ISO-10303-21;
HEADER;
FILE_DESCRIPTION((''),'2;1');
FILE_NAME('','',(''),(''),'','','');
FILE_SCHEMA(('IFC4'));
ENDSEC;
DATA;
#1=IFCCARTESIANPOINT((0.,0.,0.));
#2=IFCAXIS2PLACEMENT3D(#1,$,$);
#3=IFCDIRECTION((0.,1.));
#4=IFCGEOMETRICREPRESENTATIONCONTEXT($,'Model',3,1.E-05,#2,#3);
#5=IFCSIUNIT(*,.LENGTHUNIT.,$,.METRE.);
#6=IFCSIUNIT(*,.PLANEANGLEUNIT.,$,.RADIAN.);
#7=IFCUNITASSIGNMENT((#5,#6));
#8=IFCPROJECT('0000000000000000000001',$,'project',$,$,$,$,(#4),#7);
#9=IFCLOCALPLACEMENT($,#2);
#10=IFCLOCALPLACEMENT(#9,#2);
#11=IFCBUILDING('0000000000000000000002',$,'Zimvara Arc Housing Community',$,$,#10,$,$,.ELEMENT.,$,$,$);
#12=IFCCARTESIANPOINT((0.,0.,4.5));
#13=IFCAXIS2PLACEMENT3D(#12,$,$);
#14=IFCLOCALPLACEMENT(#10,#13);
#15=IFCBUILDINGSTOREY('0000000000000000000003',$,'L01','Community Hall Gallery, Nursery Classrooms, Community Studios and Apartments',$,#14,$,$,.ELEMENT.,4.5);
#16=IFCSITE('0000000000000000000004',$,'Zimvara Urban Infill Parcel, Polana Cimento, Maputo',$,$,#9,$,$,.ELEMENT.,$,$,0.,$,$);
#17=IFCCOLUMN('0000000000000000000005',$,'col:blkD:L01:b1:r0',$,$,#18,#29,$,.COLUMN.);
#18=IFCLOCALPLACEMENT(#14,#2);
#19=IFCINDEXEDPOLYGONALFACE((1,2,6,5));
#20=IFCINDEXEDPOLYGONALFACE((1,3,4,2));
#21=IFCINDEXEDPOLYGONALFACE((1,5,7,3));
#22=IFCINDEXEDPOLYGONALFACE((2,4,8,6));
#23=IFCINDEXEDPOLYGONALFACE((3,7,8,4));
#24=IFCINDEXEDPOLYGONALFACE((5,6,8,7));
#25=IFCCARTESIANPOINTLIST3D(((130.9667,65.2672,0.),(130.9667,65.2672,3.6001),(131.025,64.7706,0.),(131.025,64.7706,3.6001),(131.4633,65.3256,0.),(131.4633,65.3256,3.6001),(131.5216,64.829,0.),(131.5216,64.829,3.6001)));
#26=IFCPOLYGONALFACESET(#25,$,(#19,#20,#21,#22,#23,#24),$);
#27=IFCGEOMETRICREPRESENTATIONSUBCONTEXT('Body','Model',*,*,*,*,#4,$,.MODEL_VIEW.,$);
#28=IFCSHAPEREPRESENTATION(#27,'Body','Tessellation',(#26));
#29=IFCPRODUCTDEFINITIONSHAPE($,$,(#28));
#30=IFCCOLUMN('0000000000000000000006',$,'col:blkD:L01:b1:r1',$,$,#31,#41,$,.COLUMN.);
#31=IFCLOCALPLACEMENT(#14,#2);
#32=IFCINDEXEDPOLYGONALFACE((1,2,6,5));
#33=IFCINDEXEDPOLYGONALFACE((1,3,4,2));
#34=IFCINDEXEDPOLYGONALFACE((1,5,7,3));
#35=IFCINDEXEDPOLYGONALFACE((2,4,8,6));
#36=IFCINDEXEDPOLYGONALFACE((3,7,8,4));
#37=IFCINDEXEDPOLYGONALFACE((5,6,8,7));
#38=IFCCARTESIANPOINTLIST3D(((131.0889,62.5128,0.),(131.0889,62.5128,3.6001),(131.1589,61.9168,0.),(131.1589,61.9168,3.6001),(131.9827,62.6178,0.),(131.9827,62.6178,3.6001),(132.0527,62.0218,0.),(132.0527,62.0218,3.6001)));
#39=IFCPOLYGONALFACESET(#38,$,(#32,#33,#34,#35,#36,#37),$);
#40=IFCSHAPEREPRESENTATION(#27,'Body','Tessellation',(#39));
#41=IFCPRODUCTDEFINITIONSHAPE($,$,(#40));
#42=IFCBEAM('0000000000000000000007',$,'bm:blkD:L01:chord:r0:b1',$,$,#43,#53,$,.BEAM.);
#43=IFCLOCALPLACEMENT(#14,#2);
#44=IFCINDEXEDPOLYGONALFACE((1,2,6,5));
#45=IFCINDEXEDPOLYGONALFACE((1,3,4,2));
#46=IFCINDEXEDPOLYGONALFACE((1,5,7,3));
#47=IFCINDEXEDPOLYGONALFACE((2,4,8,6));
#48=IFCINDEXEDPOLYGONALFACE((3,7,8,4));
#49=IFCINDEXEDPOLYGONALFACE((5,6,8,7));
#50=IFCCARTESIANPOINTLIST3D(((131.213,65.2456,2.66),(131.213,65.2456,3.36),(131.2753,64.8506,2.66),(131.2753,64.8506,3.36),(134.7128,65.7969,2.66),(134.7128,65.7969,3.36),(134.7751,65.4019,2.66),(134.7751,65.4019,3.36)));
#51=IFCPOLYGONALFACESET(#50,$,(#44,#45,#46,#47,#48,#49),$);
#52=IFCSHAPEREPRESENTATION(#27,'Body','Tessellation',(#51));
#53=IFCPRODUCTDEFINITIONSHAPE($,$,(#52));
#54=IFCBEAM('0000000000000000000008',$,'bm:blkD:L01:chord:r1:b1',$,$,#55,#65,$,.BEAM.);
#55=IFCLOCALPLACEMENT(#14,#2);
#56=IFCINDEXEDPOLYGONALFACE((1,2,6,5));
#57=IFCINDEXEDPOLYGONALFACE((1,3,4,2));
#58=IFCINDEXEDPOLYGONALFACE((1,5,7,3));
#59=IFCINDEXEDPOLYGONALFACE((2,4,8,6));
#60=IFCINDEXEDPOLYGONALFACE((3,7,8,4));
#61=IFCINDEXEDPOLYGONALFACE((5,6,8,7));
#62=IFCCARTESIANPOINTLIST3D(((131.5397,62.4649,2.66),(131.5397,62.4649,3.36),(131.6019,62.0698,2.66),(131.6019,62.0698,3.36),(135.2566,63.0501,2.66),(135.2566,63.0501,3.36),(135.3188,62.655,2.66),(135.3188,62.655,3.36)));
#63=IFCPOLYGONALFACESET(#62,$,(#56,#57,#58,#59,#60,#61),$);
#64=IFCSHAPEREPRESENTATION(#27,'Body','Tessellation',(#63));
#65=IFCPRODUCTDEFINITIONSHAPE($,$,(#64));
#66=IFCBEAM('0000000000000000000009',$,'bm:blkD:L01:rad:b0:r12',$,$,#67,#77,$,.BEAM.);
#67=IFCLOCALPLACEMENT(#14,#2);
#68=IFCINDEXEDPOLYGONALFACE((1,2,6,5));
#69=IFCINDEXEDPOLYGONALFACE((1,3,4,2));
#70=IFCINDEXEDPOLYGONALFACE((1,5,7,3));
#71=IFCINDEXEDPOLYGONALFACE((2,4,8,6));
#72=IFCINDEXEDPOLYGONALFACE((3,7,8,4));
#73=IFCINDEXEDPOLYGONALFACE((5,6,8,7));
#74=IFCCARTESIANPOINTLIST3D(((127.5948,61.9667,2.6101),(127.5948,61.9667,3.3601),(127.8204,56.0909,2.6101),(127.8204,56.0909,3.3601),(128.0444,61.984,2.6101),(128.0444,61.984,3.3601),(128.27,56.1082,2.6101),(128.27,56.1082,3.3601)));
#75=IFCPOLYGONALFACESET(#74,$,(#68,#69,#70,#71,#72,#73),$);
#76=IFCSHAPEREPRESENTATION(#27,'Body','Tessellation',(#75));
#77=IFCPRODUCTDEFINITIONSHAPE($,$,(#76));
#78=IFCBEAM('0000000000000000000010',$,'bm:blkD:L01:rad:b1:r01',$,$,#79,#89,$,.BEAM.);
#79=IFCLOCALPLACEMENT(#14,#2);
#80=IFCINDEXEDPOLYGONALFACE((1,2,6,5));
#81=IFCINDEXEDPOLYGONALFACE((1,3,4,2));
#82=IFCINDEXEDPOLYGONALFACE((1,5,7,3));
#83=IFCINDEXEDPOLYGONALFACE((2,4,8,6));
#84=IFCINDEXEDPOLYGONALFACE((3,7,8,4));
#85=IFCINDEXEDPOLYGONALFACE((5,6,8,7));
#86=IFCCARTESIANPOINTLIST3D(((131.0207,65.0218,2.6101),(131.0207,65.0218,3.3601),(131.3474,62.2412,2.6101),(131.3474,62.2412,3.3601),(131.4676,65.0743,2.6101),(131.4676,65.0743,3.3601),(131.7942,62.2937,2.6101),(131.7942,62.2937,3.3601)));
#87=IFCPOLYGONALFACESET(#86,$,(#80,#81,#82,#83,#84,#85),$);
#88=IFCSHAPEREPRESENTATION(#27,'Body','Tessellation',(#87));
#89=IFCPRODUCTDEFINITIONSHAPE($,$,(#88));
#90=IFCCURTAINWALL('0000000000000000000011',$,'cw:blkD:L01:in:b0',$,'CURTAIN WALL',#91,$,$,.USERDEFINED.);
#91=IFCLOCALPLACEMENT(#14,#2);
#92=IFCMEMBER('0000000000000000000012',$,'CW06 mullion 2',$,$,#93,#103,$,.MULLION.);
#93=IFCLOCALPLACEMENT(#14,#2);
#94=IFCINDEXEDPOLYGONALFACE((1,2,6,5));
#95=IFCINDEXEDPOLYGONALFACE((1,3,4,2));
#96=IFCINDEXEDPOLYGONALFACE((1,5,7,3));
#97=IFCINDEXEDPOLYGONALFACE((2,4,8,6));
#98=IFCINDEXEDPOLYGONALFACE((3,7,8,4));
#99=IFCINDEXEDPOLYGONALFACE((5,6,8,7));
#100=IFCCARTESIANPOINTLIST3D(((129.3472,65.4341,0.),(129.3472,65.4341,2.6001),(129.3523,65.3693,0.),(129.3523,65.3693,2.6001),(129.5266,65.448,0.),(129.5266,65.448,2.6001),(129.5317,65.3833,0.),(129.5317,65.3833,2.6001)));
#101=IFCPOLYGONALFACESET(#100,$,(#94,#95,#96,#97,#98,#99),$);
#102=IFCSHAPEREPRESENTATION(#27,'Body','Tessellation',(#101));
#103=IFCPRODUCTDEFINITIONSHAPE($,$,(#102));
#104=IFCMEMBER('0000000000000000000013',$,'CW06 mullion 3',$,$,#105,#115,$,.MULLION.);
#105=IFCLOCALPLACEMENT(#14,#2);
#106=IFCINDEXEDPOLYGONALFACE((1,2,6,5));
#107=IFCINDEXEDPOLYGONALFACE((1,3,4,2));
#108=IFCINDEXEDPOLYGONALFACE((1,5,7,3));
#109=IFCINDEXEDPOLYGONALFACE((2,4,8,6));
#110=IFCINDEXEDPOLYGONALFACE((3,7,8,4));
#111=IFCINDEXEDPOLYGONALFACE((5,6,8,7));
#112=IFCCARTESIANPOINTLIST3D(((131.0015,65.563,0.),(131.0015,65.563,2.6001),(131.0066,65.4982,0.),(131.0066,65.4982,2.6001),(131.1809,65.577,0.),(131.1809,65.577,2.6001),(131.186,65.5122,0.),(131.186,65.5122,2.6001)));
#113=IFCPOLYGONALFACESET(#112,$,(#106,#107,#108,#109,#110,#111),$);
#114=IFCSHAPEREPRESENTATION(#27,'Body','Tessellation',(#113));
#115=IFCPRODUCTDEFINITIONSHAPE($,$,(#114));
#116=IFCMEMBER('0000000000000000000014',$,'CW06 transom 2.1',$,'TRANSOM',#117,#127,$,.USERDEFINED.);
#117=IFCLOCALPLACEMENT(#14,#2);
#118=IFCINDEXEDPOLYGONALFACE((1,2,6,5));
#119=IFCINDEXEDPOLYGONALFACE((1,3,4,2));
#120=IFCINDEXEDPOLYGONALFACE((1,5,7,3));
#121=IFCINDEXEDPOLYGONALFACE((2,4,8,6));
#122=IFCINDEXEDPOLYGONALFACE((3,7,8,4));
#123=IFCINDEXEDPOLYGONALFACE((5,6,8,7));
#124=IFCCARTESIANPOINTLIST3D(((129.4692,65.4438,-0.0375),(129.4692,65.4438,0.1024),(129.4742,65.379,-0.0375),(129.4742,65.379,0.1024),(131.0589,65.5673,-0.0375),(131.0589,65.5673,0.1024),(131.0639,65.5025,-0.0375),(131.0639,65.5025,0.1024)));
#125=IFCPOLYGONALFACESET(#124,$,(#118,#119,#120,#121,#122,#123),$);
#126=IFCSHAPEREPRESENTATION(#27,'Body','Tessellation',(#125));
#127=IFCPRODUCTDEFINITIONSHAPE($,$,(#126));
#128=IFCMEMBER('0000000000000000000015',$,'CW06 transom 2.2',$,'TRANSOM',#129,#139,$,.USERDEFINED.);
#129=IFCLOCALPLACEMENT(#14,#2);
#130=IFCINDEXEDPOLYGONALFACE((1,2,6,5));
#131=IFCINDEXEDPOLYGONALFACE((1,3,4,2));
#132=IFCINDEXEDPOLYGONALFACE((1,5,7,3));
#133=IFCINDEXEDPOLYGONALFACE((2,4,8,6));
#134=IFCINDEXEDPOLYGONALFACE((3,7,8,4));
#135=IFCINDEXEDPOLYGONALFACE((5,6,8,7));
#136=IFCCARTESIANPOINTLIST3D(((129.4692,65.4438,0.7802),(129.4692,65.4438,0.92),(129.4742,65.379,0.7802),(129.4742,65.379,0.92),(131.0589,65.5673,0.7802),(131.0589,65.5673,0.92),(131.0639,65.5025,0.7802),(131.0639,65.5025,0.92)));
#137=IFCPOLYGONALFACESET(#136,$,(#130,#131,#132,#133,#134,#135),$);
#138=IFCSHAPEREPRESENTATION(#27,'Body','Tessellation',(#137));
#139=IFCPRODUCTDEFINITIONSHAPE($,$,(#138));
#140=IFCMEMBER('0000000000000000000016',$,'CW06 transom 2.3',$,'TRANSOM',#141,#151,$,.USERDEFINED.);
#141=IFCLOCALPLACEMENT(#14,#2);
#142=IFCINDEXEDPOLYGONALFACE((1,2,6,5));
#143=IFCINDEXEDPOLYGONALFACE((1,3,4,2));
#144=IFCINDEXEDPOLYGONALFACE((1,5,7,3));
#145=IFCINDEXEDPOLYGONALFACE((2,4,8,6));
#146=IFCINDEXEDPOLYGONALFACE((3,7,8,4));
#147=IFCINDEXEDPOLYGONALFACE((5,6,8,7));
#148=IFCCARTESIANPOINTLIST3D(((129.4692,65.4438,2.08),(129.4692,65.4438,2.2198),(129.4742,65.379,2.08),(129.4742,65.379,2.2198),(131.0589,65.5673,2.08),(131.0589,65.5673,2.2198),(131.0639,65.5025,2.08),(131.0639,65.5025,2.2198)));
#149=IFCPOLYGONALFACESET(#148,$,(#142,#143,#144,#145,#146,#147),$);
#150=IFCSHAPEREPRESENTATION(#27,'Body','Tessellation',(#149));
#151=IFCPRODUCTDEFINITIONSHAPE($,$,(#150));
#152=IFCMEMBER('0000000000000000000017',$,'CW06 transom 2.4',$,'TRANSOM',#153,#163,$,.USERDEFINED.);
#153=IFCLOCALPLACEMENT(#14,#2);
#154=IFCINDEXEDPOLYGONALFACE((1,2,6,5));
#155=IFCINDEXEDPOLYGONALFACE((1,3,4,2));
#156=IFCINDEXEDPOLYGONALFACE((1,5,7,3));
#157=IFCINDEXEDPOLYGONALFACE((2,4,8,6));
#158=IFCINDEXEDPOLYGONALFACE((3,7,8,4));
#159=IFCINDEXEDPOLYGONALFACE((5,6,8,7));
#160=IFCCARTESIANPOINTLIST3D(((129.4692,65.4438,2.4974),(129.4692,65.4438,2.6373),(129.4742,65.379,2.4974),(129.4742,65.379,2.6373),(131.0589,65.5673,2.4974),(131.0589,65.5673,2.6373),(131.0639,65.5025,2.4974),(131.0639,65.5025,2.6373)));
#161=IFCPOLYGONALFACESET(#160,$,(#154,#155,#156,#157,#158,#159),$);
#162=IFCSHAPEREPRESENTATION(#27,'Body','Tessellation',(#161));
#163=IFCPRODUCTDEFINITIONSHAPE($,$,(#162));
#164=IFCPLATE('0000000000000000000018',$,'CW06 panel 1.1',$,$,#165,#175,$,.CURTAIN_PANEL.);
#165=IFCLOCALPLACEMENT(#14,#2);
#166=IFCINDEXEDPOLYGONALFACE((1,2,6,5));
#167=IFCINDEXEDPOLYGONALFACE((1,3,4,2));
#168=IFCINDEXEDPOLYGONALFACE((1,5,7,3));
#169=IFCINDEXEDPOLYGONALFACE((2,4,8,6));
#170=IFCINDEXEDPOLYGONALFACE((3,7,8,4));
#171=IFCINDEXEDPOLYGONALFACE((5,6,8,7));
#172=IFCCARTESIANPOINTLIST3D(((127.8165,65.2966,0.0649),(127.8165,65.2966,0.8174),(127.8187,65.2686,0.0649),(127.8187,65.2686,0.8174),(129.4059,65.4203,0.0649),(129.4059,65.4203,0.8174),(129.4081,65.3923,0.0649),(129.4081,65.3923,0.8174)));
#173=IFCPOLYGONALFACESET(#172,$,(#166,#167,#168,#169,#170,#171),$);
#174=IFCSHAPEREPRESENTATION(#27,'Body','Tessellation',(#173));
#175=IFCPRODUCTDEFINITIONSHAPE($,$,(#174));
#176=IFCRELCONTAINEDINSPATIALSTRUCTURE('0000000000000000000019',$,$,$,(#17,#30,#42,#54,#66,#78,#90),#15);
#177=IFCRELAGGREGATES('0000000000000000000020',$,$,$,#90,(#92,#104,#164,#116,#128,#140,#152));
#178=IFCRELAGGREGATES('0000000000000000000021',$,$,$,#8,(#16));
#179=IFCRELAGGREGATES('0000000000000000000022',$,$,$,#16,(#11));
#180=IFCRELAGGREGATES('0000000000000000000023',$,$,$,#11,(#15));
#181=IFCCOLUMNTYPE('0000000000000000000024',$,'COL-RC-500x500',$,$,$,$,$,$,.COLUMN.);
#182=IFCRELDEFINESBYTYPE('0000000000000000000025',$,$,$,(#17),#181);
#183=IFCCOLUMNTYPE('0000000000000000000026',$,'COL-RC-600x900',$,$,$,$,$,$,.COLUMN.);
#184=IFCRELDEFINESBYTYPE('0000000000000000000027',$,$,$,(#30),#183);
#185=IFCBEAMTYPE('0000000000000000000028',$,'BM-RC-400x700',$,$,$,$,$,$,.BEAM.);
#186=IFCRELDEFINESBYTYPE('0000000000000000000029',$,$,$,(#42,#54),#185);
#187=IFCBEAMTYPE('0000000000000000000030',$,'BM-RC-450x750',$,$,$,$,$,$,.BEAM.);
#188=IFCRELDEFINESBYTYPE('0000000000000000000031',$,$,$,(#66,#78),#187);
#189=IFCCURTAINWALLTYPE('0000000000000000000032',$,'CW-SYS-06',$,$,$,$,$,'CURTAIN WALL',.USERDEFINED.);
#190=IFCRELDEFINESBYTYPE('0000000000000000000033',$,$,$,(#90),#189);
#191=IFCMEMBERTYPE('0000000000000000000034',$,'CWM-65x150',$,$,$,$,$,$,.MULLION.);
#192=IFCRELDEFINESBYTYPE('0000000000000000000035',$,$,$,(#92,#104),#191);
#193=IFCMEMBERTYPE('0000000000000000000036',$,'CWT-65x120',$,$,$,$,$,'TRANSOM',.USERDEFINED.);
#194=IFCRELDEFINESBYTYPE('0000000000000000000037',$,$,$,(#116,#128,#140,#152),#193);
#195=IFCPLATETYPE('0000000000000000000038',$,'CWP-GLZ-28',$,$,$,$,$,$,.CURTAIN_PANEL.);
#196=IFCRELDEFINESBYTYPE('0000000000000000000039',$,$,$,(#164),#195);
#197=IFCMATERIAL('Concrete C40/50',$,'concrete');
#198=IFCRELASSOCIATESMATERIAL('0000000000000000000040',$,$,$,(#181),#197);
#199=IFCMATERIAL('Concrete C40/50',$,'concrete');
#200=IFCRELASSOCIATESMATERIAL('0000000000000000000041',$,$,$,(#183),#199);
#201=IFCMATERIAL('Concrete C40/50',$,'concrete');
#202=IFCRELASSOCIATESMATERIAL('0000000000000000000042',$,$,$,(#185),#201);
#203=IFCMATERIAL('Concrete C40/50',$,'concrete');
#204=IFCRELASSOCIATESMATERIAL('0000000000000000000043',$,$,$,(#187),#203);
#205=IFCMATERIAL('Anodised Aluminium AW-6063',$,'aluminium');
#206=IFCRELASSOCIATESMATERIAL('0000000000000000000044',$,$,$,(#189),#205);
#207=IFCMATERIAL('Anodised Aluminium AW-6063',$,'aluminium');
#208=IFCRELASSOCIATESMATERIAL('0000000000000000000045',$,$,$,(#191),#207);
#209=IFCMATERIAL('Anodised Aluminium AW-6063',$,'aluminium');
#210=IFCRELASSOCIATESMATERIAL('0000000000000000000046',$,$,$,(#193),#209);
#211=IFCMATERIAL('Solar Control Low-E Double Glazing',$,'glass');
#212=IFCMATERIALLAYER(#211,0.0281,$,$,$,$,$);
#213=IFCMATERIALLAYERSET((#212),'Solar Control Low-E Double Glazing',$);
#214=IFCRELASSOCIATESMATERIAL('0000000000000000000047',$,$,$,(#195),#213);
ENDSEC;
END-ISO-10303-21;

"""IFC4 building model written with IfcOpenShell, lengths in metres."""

from ifc_helpers import new_model, si_unit, direction, frame, origin, origin_2d, place, context, subcontext, project, spatial, rectangle, extrude, material, layer, layer_set, material_profile, profile_set, type_object, element, aggregate, save


model = new_model("IFC4")

# Units and contexts
model_context = context("Model", 3, precision=1e-05, world=origin(), true_north=direction((0.0, 1.0)))
body_context = subcontext(model_context, "Body", "Model", "MODEL_VIEW")
ifc_project = project(units=[si_unit("LENGTHUNIT", "METRE"), si_unit("PLANEANGLEUNIT", "RADIAN")], contexts=[model_context])

# Site, building, storey
site_placement = place(None, origin())
site = spatial("IfcSite", under=ifc_project, at=site_placement, Name="Zimvara Urban Infill Parcel, Polana Cimento, Maputo", CompositionType="ELEMENT", RefElevation=0.0)
building_placement = place(site_placement, origin())
building = spatial("IfcBuilding", under=site, at=building_placement, Name="Zimvara Arc Housing Community", CompositionType="ELEMENT")
storey_placement = place(building_placement, frame((0.0, 0.0, 4.5)))
storey = spatial("IfcBuildingStorey", under=building, at=storey_placement, Name="L01", Description="Community Hall Gallery, Nursery Classrooms, Community Studios and Apartments", CompositionType="ELEMENT", Elevation=4.5)

# Columns
ifc_material_1 = material(Name="Concrete C40/50", Category="concrete")
ifc_material_profile_1 = material_profile(ifc_material_1, rectangle(XDim=0.5, YDim=0.5, at=origin_2d()), Name="RC 500x500")
ifc_profile_set_1 = profile_set([ifc_material_profile_1], Name="Concrete C40/50")
column_type_1 = type_object("IfcColumnType", Name="COL-RC-500x500", PredefinedType="COLUMN", material=ifc_profile_set_1)
column_1_placement = place(storey_placement, frame((131.2441, 65.0481, 0.0), z_axis=(0.0, 0.0, 1.0), x_axis=(0.116671, -0.993171, 0.0)))
element("IfcColumn", 1, at=column_1_placement, inside=storey, type_object=column_type_1, Name="col:blkD:L01:b1:r0", PredefinedType="COLUMN", context=body_context, shape_type="SweptSolid", body=[
    extrude(rectangle(XDim=0.5, YDim=0.5, at=origin_2d()), origin(), (0.0, 0.0, 1.0), 3.6001),
])
ifc_material_2 = material(Name="Concrete C40/50", Category="concrete")
ifc_material_profile_2 = material_profile(ifc_material_2, rectangle(XDim=0.6001, YDim=0.8999, at=origin_2d()), Name="RC 600x900")
ifc_profile_set_2 = profile_set([ifc_material_profile_2], Name="Concrete C40/50")
column_type_2 = type_object("IfcColumnType", Name="COL-RC-600x900", PredefinedType="COLUMN", material=ifc_profile_set_2)
column_2_placement = place(storey_placement, frame((131.5708, 62.2673, 0.0), z_axis=(0.0, 0.0, 1.0), x_axis=(0.116671, -0.993171, 0.0)))
element("IfcColumn", 2, at=column_2_placement, inside=storey, type_object=column_type_2, Name="col:blkD:L01:b1:r1", PredefinedType="COLUMN", context=body_context, shape_type="SweptSolid", body=[
    extrude(rectangle(XDim=0.6001, YDim=0.8999, at=origin_2d()), origin(), (0.0, 0.0, 1.0), 3.6001),
])

# Beams
ifc_material_3 = material(Name="Concrete C40/50", Category="concrete")
ifc_material_profile_3 = material_profile(ifc_material_3, rectangle(XDim=0.3999, YDim=0.7, at=origin_2d()), Name="RC 400x700")
ifc_profile_set_3 = profile_set([ifc_material_profile_3], Name="Concrete C40/50")
beam_type_1 = type_object("IfcBeamType", Name="BM-RC-400x700", PredefinedType="BEAM", material=ifc_profile_set_3)
beam_1_placement = place(storey_placement, frame((131.2441, 65.0481, 3.01), z_axis=(0.98782, 0.155598, 0.0), x_axis=(-0.155598, 0.98782, 0.0)))
element("IfcBeam", 3, at=beam_1_placement, inside=storey, type_object=beam_type_1, Name="bm:blkD:L01:chord:r0:b1", PredefinedType="BEAM", context=body_context, shape_type="SweptSolid", body=[
    extrude(rectangle(XDim=0.3999, YDim=0.7, at=origin_2d()), origin(), (0.0, 0.0, 1.0), 3.543),
])
beam_2_placement = place(storey_placement, frame((131.5708, 62.2673, 3.01), z_axis=(0.987831, 0.155533, 0.0), x_axis=(-0.155533, 0.987831, 0.0)))
element("IfcBeam", 4, at=beam_2_placement, inside=storey, type_object=beam_type_1, Name="bm:blkD:L01:chord:r1:b1", PredefinedType="BEAM", context=body_context, shape_type="SweptSolid", body=[
    extrude(rectangle(XDim=0.3999, YDim=0.7, at=origin_2d()), origin(), (0.0, 0.0, 1.0), 3.7627),
])
ifc_material_4 = material(Name="Concrete C40/50", Category="concrete")
ifc_material_profile_4 = material_profile(ifc_material_4, rectangle(XDim=0.45, YDim=0.75, at=origin_2d()), Name="RC 450x750")
ifc_profile_set_4 = profile_set([ifc_material_profile_4], Name="Concrete C40/50")
beam_type_2 = type_object("IfcBeamType", Name="BM-RC-450x750", PredefinedType="BEAM", material=ifc_profile_set_4)
beam_3_placement = place(storey_placement, frame((127.8196, 61.9753, 2.9851), z_axis=(0.038365, -0.999264, 0.0), x_axis=(0.999264, 0.038365, 0.0)))
element("IfcBeam", 5, at=beam_3_placement, inside=storey, type_object=beam_type_2, Name="bm:blkD:L01:rad:b0:r12", PredefinedType="BEAM", context=body_context, shape_type="SweptSolid", body=[
    extrude(rectangle(XDim=0.45, YDim=0.75, at=origin_2d()), origin(), (0.0, 0.0, 1.0), 5.8801),
])
beam_4_placement = place(storey_placement, frame((131.2441, 65.0481, 2.9851), z_axis=(0.116669, -0.993171, 0.0), x_axis=(0.993171, 0.116669, 0.0)))
element("IfcBeam", 6, at=beam_4_placement, inside=storey, type_object=beam_type_2, Name="bm:blkD:L01:rad:b1:r01", PredefinedType="BEAM", context=body_context, shape_type="SweptSolid", body=[
    extrude(rectangle(XDim=0.45, YDim=0.75, at=origin_2d()), origin(), (0.0, 0.0, 1.0), 2.7998),
])

# Curtain wall, members, plate
ifc_material_5 = material(Name="Anodised Aluminium AW-6063", Category="aluminium")
curtain_wall_type = type_object("IfcCurtainWallType", Name="CW-SYS-06", ElementType="CURTAIN WALL", PredefinedType="USERDEFINED", material=ifc_material_5)
curtain_wall_placement = place(storey_placement, origin())
curtain_wall = element("IfcCurtainWall", 7, at=curtain_wall_placement, inside=storey, type_object=curtain_wall_type, Name="cw:blkD:L01:in:b0", ObjectType="CURTAIN WALL", PredefinedType="USERDEFINED")
ifc_material_6 = material(Name="Anodised Aluminium AW-6063", Category="aluminium")
ifc_material_profile_5 = material_profile(ifc_material_6, rectangle(XDim=0.0649, YDim=0.1799, at=origin_2d()), Name="ALU 65x180")
ifc_profile_set_5 = profile_set([ifc_material_profile_5], Name="Anodised Aluminium AW-6063")
member_type_1 = type_object("IfcMemberType", Name="CWM-65x150", PredefinedType="MULLION", material=ifc_profile_set_5)
member_1_placement = place(storey_placement, frame((129.4395, 65.4087, 0.0), z_axis=(0.0, 0.0, 1.0), x_axis=(-0.07759, 0.996985, 0.0)))
member_1 = element("IfcMember", 8, at=member_1_placement, type_object=member_type_1, Name="CW06 mullion 2", PredefinedType="MULLION", context=body_context, shape_type="SweptSolid", body=[
    extrude(rectangle(XDim=0.0649, YDim=0.1799, at=origin_2d()), origin(), (0.0, 0.0, 1.0), 2.6001),
])
member_2_placement = place(storey_placement, frame((131.0938, 65.5376, 0.0), z_axis=(0.0, 0.0, 1.0), x_axis=(-0.07759, 0.996985, 0.0)))
member_2 = element("IfcMember", 9, at=member_2_placement, type_object=member_type_1, Name="CW06 mullion 3", PredefinedType="MULLION", context=body_context, shape_type="SweptSolid", body=[
    extrude(rectangle(XDim=0.0649, YDim=0.1799, at=origin_2d()), origin(), (0.0, 0.0, 1.0), 2.6001),
])
ifc_material_7 = material(Name="Anodised Aluminium AW-6063", Category="aluminium")
ifc_material_profile_6 = material_profile(ifc_material_7, rectangle(XDim=0.0649, YDim=0.1399, at=origin_2d()), Name="ALU 65x140")
ifc_profile_set_6 = profile_set([ifc_material_profile_6], Name="Anodised Aluminium AW-6063")
member_type_2 = type_object("IfcMemberType", Name="CWT-65x120", ElementType="TRANSOM", PredefinedType="USERDEFINED", material=ifc_profile_set_6)
member_3_placement = place(storey_placement, frame((129.4717, 65.4114, 0.0325), z_axis=(0.996994, 0.077481, 0.0), x_axis=(-0.077481, 0.996994, 0.0)))
member_3 = element("IfcMember", 10, at=member_3_placement, type_object=member_type_2, Name="CW06 transom 2.1", ObjectType="TRANSOM", PredefinedType="USERDEFINED", context=body_context, shape_type="SweptSolid", body=[
    extrude(rectangle(XDim=0.0649, YDim=0.1399, at=origin_2d()), origin(), (0.0, 0.0, 1.0), 1.5945),
])
member_4_placement = place(storey_placement, frame((129.4717, 65.4114, 0.8501), z_axis=(0.996994, 0.077481, 0.0), x_axis=(-0.077481, 0.996994, 0.0)))
member_4 = element("IfcMember", 11, at=member_4_placement, type_object=member_type_2, Name="CW06 transom 2.2", ObjectType="TRANSOM", PredefinedType="USERDEFINED", context=body_context, shape_type="SweptSolid", body=[
    extrude(rectangle(XDim=0.0649, YDim=0.1399, at=origin_2d()), origin(), (0.0, 0.0, 1.0), 1.5945),
])
member_5_placement = place(storey_placement, frame((129.4717, 65.4114, 2.1499), z_axis=(0.996994, 0.077481, 0.0), x_axis=(-0.077481, 0.996994, 0.0)))
member_5 = element("IfcMember", 12, at=member_5_placement, type_object=member_type_2, Name="CW06 transom 2.3", ObjectType="TRANSOM", PredefinedType="USERDEFINED", context=body_context, shape_type="SweptSolid", body=[
    extrude(rectangle(XDim=0.0649, YDim=0.1399, at=origin_2d()), origin(), (0.0, 0.0, 1.0), 1.5945),
])
member_6_placement = place(storey_placement, frame((129.4717, 65.4114, 2.5674), z_axis=(0.996994, 0.077481, 0.0), x_axis=(-0.077481, 0.996994, 0.0)))
member_6 = element("IfcMember", 13, at=member_6_placement, type_object=member_type_2, Name="CW06 transom 2.4", ObjectType="TRANSOM", PredefinedType="USERDEFINED", context=body_context, shape_type="SweptSolid", body=[
    extrude(rectangle(XDim=0.0649, YDim=0.1399, at=origin_2d()), origin(), (0.0, 0.0, 1.0), 1.5945),
])
ifc_material_8 = material(Name="Solar Control Low-E Double Glazing", Category="glass")
ifc_layer_1 = layer(ifc_material_8, 0.0281)
ifc_layer_set_1 = layer_set([ifc_layer_1], Name="Solar Control Low-E Double Glazing")
plate_type = type_object("IfcPlateType", Name="CWP-GLZ-28", PredefinedType="CURTAIN_PANEL", material=ifc_layer_set_1)
plate_1_placement = place(storey_placement, frame((128.6123, 65.3445, 0.0649), z_axis=(0.0, 0.0, 1.0), x_axis=(0.996985, 0.07759, 0.0)))
plate_1 = element("IfcPlate", 14, at=plate_1_placement, type_object=plate_type, Name="CW06 panel 1.1", PredefinedType="CURTAIN_PANEL", context=body_context, shape_type="SweptSolid", body=[
    extrude(rectangle(XDim=1.5942, YDim=0.0281, at=origin_2d()), origin(), (0.0, 0.0, 1.0), 0.7524),
])
aggregate(curtain_wall, [member_1, member_2, plate_1, member_3, member_4, member_5, member_6])

save(model, "model.ifc")
